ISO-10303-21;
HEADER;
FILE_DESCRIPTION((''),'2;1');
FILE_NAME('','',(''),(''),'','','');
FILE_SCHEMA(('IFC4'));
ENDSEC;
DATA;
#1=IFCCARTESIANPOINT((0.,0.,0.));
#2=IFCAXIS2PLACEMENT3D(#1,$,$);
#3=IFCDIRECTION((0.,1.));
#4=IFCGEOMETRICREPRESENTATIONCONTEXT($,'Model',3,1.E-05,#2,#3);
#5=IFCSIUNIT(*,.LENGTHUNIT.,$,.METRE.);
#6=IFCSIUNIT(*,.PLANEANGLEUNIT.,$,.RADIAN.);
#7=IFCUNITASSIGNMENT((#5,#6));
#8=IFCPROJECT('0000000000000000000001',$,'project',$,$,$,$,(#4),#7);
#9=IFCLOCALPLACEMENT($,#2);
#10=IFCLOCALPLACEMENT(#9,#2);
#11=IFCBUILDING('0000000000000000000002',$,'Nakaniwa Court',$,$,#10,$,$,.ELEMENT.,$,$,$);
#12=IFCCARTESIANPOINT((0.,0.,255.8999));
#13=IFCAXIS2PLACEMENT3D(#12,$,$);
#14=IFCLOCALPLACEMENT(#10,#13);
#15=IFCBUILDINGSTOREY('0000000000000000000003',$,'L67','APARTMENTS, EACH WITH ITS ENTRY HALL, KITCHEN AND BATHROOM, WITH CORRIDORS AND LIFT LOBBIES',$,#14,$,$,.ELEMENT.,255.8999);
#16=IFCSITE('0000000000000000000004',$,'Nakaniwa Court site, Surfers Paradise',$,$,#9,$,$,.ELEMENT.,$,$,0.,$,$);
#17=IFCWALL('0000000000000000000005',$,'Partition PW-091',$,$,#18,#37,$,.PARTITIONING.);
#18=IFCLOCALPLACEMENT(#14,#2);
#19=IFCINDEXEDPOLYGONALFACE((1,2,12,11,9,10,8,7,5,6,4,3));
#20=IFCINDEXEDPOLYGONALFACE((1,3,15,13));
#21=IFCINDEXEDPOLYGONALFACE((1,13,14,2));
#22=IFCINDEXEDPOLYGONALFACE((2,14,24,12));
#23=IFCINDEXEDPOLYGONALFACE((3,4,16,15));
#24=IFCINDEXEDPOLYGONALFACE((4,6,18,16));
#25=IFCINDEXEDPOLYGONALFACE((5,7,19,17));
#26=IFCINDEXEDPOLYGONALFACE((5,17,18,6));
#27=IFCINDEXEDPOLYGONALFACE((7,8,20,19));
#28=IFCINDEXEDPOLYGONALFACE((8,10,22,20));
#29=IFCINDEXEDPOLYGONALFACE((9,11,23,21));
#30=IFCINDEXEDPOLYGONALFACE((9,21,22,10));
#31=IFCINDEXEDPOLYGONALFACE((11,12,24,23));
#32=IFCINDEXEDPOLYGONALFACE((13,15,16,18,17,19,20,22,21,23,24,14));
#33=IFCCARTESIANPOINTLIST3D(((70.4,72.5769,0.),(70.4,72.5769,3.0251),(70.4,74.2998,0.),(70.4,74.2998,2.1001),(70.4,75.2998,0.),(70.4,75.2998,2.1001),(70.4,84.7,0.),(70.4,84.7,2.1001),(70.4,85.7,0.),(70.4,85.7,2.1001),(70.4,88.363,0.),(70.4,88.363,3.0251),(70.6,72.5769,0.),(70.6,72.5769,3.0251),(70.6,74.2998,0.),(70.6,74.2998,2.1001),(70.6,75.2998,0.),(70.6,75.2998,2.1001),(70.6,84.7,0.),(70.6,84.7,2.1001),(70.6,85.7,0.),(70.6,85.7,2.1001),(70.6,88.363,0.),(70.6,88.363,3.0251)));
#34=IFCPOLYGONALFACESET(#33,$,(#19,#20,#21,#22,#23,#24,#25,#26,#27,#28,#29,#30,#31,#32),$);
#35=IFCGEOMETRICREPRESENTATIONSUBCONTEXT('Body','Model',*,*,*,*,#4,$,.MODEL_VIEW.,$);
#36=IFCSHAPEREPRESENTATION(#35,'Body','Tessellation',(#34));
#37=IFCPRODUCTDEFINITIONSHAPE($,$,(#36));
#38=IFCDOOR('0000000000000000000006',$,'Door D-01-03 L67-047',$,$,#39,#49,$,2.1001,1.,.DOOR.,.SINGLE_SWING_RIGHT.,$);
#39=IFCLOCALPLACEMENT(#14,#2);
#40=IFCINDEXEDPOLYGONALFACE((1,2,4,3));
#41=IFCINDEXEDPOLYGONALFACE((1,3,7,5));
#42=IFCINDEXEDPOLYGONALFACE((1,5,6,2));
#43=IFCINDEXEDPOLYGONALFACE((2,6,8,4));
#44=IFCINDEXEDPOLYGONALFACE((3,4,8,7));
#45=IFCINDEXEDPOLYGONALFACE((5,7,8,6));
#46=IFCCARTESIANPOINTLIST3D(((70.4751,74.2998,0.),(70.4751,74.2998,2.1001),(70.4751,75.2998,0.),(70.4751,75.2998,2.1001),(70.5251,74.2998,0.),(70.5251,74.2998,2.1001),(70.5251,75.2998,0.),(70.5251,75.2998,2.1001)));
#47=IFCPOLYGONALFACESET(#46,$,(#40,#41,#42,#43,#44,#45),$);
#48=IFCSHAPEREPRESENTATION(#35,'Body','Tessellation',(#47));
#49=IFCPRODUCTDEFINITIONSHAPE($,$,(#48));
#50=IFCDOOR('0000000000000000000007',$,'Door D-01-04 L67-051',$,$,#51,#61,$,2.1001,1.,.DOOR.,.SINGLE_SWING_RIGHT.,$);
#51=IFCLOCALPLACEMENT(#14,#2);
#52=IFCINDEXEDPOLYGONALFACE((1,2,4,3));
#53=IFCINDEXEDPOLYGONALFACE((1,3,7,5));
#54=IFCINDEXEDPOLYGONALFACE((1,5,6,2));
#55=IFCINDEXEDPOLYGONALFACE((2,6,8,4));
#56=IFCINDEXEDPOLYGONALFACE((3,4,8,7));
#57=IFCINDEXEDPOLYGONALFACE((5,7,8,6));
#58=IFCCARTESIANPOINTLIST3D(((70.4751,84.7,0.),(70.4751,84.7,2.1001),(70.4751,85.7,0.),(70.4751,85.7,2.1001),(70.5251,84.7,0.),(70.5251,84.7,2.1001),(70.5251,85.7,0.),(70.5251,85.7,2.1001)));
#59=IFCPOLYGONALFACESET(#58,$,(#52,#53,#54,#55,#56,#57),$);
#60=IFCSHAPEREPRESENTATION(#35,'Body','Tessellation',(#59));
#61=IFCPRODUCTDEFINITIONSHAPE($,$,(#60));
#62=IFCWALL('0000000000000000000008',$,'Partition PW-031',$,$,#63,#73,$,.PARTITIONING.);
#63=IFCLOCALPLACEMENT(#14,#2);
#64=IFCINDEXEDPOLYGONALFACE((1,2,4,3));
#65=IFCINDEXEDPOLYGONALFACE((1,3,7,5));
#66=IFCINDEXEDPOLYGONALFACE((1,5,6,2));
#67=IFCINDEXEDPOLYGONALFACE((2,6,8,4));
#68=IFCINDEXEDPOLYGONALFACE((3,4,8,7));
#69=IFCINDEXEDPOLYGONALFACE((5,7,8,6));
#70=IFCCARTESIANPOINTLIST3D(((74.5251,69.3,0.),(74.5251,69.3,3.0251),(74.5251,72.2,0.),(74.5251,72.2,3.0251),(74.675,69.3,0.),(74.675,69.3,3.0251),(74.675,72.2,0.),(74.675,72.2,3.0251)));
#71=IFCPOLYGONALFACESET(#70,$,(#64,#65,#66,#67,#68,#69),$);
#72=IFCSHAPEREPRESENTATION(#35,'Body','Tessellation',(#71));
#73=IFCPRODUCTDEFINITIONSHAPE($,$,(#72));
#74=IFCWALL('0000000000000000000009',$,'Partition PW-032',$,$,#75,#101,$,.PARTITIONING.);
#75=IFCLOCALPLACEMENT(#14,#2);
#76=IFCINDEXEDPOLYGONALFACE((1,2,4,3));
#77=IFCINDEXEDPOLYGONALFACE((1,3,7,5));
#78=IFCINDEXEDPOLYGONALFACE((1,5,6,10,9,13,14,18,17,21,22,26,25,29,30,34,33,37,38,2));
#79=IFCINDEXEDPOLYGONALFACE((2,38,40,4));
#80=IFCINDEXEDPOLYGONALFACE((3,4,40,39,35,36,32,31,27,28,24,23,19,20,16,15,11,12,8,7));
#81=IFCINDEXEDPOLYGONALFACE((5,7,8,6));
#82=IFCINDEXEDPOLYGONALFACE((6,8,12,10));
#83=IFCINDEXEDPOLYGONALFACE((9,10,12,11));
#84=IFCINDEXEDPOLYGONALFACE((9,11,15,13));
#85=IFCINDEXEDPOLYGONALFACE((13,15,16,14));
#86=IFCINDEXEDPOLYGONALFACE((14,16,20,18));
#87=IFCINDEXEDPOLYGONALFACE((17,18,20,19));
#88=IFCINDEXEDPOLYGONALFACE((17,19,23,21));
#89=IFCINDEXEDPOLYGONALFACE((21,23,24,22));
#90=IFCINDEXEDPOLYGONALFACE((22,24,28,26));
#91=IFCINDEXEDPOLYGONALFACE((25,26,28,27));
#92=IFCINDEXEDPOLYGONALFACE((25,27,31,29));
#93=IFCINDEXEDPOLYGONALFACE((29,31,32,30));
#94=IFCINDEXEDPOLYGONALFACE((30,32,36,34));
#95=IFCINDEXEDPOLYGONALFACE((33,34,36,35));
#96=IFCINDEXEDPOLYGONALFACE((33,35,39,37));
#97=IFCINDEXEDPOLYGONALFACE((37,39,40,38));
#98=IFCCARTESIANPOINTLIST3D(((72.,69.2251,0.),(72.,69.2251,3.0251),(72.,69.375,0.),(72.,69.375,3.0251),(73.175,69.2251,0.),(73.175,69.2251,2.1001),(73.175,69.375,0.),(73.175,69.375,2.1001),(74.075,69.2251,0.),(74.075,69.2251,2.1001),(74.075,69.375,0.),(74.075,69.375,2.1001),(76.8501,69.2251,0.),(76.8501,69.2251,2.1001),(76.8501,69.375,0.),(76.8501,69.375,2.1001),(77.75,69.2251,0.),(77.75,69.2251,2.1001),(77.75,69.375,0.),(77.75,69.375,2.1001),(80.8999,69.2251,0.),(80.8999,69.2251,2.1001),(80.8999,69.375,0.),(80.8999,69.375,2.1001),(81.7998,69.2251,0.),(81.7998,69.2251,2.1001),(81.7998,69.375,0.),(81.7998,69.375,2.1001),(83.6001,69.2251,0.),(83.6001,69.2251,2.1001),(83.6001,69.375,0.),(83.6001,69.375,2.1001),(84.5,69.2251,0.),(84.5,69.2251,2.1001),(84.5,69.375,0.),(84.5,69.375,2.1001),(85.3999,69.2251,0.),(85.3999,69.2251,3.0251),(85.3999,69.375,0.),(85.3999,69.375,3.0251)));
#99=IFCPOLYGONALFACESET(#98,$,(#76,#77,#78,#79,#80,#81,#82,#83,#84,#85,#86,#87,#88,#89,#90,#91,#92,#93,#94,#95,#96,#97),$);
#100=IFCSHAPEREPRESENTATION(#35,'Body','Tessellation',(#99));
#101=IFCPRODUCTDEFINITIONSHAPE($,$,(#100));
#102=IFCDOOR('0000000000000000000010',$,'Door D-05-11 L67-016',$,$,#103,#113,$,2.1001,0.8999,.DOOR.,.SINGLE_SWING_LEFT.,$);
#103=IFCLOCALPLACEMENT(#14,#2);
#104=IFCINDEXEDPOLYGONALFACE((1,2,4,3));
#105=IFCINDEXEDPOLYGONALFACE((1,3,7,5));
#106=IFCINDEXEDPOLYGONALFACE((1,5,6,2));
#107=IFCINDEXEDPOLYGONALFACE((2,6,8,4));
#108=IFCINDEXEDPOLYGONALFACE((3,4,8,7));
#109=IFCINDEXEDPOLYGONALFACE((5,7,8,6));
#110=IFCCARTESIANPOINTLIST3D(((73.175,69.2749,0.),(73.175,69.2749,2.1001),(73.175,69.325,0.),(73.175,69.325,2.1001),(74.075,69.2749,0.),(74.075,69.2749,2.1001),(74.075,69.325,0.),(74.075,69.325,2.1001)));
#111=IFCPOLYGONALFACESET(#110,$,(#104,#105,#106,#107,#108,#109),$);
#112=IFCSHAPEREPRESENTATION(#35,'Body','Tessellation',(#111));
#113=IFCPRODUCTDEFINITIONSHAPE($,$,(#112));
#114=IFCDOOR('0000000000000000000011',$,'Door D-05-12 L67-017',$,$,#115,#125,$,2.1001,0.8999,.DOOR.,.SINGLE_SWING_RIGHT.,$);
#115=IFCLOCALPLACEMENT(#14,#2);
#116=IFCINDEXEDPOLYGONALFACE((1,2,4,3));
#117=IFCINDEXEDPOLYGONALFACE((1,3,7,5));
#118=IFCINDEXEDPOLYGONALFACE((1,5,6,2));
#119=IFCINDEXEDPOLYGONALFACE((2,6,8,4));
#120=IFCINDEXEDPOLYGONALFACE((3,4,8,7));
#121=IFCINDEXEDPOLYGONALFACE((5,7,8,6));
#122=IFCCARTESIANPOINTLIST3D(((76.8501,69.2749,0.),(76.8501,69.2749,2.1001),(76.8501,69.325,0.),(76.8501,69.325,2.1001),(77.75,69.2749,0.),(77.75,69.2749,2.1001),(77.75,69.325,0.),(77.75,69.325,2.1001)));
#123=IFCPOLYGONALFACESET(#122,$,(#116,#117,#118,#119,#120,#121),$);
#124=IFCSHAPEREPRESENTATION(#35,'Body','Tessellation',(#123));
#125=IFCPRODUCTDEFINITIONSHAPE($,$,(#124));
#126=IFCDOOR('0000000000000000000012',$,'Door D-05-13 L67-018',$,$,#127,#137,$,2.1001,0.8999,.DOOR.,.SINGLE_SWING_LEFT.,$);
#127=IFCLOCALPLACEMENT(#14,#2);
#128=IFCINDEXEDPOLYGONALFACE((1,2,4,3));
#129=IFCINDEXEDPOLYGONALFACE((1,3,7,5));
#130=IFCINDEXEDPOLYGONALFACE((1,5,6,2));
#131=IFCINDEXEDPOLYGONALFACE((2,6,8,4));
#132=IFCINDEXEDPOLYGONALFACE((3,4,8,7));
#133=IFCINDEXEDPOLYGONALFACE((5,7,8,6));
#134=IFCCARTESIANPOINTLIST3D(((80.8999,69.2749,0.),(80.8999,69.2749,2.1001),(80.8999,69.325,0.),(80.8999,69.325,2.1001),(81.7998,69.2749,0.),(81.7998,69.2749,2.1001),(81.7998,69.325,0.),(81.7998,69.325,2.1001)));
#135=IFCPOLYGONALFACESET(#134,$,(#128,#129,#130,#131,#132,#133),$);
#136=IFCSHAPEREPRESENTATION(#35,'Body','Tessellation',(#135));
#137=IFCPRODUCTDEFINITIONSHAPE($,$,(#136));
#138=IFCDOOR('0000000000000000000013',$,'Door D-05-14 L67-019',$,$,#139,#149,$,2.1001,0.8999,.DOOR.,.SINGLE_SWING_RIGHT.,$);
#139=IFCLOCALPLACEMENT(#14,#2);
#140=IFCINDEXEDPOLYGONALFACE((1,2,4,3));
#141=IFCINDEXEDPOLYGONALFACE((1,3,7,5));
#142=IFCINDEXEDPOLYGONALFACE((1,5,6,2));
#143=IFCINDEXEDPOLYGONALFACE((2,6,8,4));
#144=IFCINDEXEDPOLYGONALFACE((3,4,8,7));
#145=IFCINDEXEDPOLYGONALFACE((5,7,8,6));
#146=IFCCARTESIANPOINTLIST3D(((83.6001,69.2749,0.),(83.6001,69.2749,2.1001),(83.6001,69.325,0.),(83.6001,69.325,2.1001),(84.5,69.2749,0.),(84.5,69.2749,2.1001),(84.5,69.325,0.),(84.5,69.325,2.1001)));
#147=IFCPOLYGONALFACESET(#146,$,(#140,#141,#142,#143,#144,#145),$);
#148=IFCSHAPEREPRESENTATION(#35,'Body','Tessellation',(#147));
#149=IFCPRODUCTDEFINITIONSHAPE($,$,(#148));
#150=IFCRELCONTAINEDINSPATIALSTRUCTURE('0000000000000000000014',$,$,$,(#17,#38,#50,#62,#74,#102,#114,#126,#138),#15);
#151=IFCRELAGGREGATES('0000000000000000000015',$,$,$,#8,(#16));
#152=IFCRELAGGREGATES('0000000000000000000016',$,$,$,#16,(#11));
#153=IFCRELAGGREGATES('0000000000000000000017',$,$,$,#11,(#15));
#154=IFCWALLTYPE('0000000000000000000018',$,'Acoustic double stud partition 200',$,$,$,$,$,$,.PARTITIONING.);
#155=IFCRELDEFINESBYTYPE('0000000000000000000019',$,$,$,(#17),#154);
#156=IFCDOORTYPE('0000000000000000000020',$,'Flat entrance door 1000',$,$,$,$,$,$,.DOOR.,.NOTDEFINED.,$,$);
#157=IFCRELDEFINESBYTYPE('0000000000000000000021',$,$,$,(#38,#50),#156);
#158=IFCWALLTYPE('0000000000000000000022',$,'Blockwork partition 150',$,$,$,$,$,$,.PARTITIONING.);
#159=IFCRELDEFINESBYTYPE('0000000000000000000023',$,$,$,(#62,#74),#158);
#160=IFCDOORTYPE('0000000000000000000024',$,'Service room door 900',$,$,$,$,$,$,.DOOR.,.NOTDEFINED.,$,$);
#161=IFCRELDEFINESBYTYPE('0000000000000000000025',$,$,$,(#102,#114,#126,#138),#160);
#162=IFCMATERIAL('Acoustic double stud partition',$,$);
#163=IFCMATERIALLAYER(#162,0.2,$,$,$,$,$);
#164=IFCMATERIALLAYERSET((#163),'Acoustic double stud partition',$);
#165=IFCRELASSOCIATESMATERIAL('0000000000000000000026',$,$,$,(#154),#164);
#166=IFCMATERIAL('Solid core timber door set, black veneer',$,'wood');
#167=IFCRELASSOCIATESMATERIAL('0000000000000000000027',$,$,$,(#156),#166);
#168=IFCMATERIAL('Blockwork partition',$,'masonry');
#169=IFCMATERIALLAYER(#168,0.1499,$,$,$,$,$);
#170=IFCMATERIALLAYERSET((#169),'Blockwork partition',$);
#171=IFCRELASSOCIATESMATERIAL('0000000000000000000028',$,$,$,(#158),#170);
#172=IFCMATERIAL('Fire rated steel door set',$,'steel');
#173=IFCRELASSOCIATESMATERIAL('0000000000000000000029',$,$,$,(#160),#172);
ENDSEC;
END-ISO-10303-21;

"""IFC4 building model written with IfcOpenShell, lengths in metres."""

from ifc_helpers import new_model, si_unit, direction, frame, frame_2d, origin, place, context, subcontext, project, spatial, rectangle, extrude, material, layer, layer_set, type_object, element, fill, save


model = new_model("IFC4")

# Units and contexts
model_context = context("Model", 3, precision=1e-05, world=origin(), true_north=direction((0.0, 1.0)))
body_context = subcontext(model_context, "Body", "Model", "MODEL_VIEW")
ifc_project = project(units=[si_unit("LENGTHUNIT", "METRE"), si_unit("PLANEANGLEUNIT", "RADIAN")], contexts=[model_context])

# Site, building, storey
site_placement = place(None, origin())
site = spatial("IfcSite", under=ifc_project, at=site_placement, Name="Nakaniwa Court site, Surfers Paradise", CompositionType="ELEMENT", RefElevation=0.0)
building_placement = place(site_placement, origin())
building = spatial("IfcBuilding", under=site, at=building_placement, Name="Nakaniwa Court", CompositionType="ELEMENT")
storey_placement = place(building_placement, frame((0.0, 0.0, 255.8999)))
storey = spatial("IfcBuildingStorey", under=building, at=storey_placement, Name="L67", Description="APARTMENTS, EACH WITH ITS ENTRY HALL, KITCHEN AND BATHROOM, WITH CORRIDORS AND LIFT LOBBIES", CompositionType="ELEMENT", Elevation=255.8999)

# Shared definitions
ifc_material_1 = material(Name="Acoustic double stud partition")
ifc_layer_1 = layer(ifc_material_1, 0.2)
ifc_layer_set_1 = layer_set([ifc_layer_1], Name="Acoustic double stud partition")
wall_type_1 = type_object("IfcWallType", Name="Acoustic double stud partition 200", PredefinedType="PARTITIONING", material=ifc_layer_set_1)

# Shared definitions
ifc_material_2 = material(Name="Solid core timber door set, black veneer", Category="wood")

# Wall, openings, doors
wall_1_placement = place(storey_placement, frame((70.5, 72.5769, 0.0), z_axis=(0.0, 0.0, 1.0), x_axis=(0.0, 1.0, 0.0)))
wall_1 = element("IfcWall", 1, at=wall_1_placement, inside=storey, type_object=wall_type_1, Name="Partition PW-091", PredefinedType="PARTITIONING", context=body_context, shape_type="SweptSolid", body=[
    extrude(rectangle(XDim=15.7861, YDim=0.2, at=frame_2d((7.8931, 0.0))), origin(), (0.0, 0.0, 1.0), 3.0251),
])
opening_1_placement = place(wall_1_placement, frame((1.7229, 0.0, 0.0)))
opening_1 = element("IfcOpeningElement", 2, at=opening_1_placement, cuts=wall_1, PredefinedType="OPENING", context=body_context, shape_type="SweptSolid", body=[
    extrude(rectangle(XDim=1.0, YDim=2.1001, at=frame_2d((0.5, 1.05))), frame((0.0, 0.1099, 0.0), z_axis=(0.0, -1.0, 0.0), x_axis=(1.0, 0.0, 0.0)), (0.0, 0.0, 1.0), 0.22),
])
opening_2_placement = place(wall_1_placement, frame((12.123, 0.0, 0.0)))
opening_2 = element("IfcOpeningElement", 3, at=opening_2_placement, cuts=wall_1, PredefinedType="OPENING", context=body_context, shape_type="SweptSolid", body=[
    extrude(rectangle(XDim=1.0, YDim=2.1001, at=frame_2d((0.5, 1.05))), frame((0.0, 0.1099, 0.0), z_axis=(0.0, -1.0, 0.0), x_axis=(1.0, 0.0, 0.0)), (0.0, 0.0, 1.0), 0.22),
])
door_type_1 = type_object("IfcDoorType", Name="Flat entrance door 1000", OperationType="NOTDEFINED", PredefinedType="DOOR", material=ifc_material_2)
door_1_placement = place(opening_1_placement, origin())
door_1 = element("IfcDoor", 4, at=door_1_placement, inside=storey, type_object=door_type_1, Name="Door D-01-03 L67-047", OperationType="SINGLE_SWING_RIGHT", OverallHeight=2.1001, OverallWidth=1.0, PredefinedType="DOOR", context=body_context, shape_type="SweptSolid", body=[
    extrude(rectangle(XDim=1.0, YDim=2.1001, at=frame_2d((0.5, 1.05))), frame((0.0, 0.0249, 0.0), z_axis=(0.0, -1.0, 0.0), x_axis=(1.0, 0.0, 0.0)), (0.0, 0.0, 1.0), 0.05),
])
fill(opening_1, door_1)
door_2_placement = place(opening_2_placement, origin())
door_2 = element("IfcDoor", 5, at=door_2_placement, inside=storey, type_object=door_type_1, Name="Door D-01-04 L67-051", OperationType="SINGLE_SWING_RIGHT", OverallHeight=2.1001, OverallWidth=1.0, PredefinedType="DOOR", context=body_context, shape_type="SweptSolid", body=[
    extrude(rectangle(XDim=1.0, YDim=2.1001, at=frame_2d((0.5, 1.05))), frame((0.0, 0.0249, 0.0), z_axis=(0.0, -1.0, 0.0), x_axis=(1.0, 0.0, 0.0)), (0.0, 0.0, 1.0), 0.05),
])
fill(opening_2, door_2)

# Wall
ifc_material_3 = material(Name="Blockwork partition", Category="masonry")
ifc_layer_2 = layer(ifc_material_3, 0.1499)
ifc_layer_set_2 = layer_set([ifc_layer_2], Name="Blockwork partition")
wall_type_2 = type_object("IfcWallType", Name="Blockwork partition 150", PredefinedType="PARTITIONING", material=ifc_layer_set_2)
wall_2_placement = place(storey_placement, frame((74.6001, 69.3, 0.0), z_axis=(0.0, 0.0, 1.0), x_axis=(0.0, 1.0, 0.0)))
element("IfcWall", 6, at=wall_2_placement, inside=storey, type_object=wall_type_2, Name="Partition PW-031", PredefinedType="PARTITIONING", context=body_context, shape_type="SweptSolid", body=[
    extrude(rectangle(XDim=2.8999, YDim=0.1499, at=frame_2d((1.45, 0.0))), origin(), (0.0, 0.0, 1.0), 3.0251),
])

# Wall, openings, doors
wall_3_placement = place(storey_placement, frame((72.0, 69.3, 0.0), z_axis=(0.0, 0.0, 1.0), x_axis=(1.0, 0.0, 0.0)))
wall_3 = element("IfcWall", 7, at=wall_3_placement, inside=storey, type_object=wall_type_2, Name="Partition PW-032", PredefinedType="PARTITIONING", context=body_context, shape_type="SweptSolid", body=[
    extrude(rectangle(XDim=13.3999, YDim=0.1499, at=frame_2d((6.7, 0.0))), origin(), (0.0, 0.0, 1.0), 3.0251),
])
opening_3_placement = place(wall_3_placement, frame((1.175, 0.0, 0.0)))
opening_3 = element("IfcOpeningElement", 8, at=opening_3_placement, cuts=wall_3, PredefinedType="OPENING", context=body_context, shape_type="SweptSolid", body=[
    extrude(rectangle(XDim=0.8999, YDim=2.1001, at=frame_2d((0.45, 1.05))), frame((0.0, 0.085, 0.0), z_axis=(0.0, -1.0, 0.0), x_axis=(1.0, 0.0, 0.0)), (0.0, 0.0, 1.0), 0.1699),
])
opening_4_placement = place(wall_3_placement, frame((4.8501, 0.0, 0.0)))
opening_4 = element("IfcOpeningElement", 9, at=opening_4_placement, cuts=wall_3, PredefinedType="OPENING", context=body_context, shape_type="SweptSolid", body=[
    extrude(rectangle(XDim=0.8999, YDim=2.1001, at=frame_2d((0.45, 1.05))), frame((0.0, 0.085, 0.0), z_axis=(0.0, -1.0, 0.0), x_axis=(1.0, 0.0, 0.0)), (0.0, 0.0, 1.0), 0.1699),
])
opening_5_placement = place(wall_3_placement, frame((8.8999, 0.0, 0.0)))
opening_5 = element("IfcOpeningElement", 10, at=opening_5_placement, cuts=wall_3, PredefinedType="OPENING", context=body_context, shape_type="SweptSolid", body=[
    extrude(rectangle(XDim=0.8999, YDim=2.1001, at=frame_2d((0.45, 1.05))), frame((0.0, 0.085, 0.0), z_axis=(0.0, -1.0, 0.0), x_axis=(1.0, 0.0, 0.0)), (0.0, 0.0, 1.0), 0.1699),
])
opening_6_placement = place(wall_3_placement, frame((11.6001, 0.0, 0.0)))
opening_6 = element("IfcOpeningElement", 11, at=opening_6_placement, cuts=wall_3, PredefinedType="OPENING", context=body_context, shape_type="SweptSolid", body=[
    extrude(rectangle(XDim=0.8999, YDim=2.1001, at=frame_2d((0.45, 1.05))), frame((0.0, 0.085, 0.0), z_axis=(0.0, -1.0, 0.0), x_axis=(1.0, 0.0, 0.0)), (0.0, 0.0, 1.0), 0.1699),
])
ifc_material_4 = material(Name="Fire rated steel door set", Category="steel")
door_type_2 = type_object("IfcDoorType", Name="Service room door 900", OperationType="NOTDEFINED", PredefinedType="DOOR", material=ifc_material_4)
door_3_placement = place(opening_3_placement, origin())
door_3 = element("IfcDoor", 12, at=door_3_placement, inside=storey, type_object=door_type_2, Name="Door D-05-11 L67-016", OperationType="SINGLE_SWING_LEFT", OverallHeight=2.1001, OverallWidth=0.8999, PredefinedType="DOOR", context=body_context, shape_type="SweptSolid", body=[
    extrude(rectangle(XDim=0.8999, YDim=2.1001, at=frame_2d((0.45, 1.05))), frame((0.0, 0.0249, 0.0), z_axis=(0.0, -1.0, 0.0), x_axis=(1.0, 0.0, 0.0)), (0.0, 0.0, 1.0), 0.05),
])
fill(opening_3, door_3)
door_4_placement = place(opening_4_placement, origin())
door_4 = element("IfcDoor", 13, at=door_4_placement, inside=storey, type_object=door_type_2, Name="Door D-05-12 L67-017", OperationType="SINGLE_SWING_RIGHT", OverallHeight=2.1001, OverallWidth=0.8999, PredefinedType="DOOR", context=body_context, shape_type="SweptSolid", body=[
    extrude(rectangle(XDim=0.8999, YDim=2.1001, at=frame_2d((0.45, 1.05))), frame((0.0, 0.0249, 0.0), z_axis=(0.0, -1.0, 0.0), x_axis=(1.0, 0.0, 0.0)), (0.0, 0.0, 1.0), 0.05),
])
fill(opening_4, door_4)
door_5_placement = place(opening_5_placement, origin())
door_5 = element("IfcDoor", 14, at=door_5_placement, inside=storey, type_object=door_type_2, Name="Door D-05-13 L67-018", OperationType="SINGLE_SWING_LEFT", OverallHeight=2.1001, OverallWidth=0.8999, PredefinedType="DOOR", context=body_context, shape_type="SweptSolid", body=[
    extrude(rectangle(XDim=0.8999, YDim=2.1001, at=frame_2d((0.45, 1.05))), frame((0.0, 0.0249, 0.0), z_axis=(0.0, -1.0, 0.0), x_axis=(1.0, 0.0, 0.0)), (0.0, 0.0, 1.0), 0.05),
])
fill(opening_5, door_5)
door_6_placement = place(opening_6_placement, origin())
door_6 = element("IfcDoor", 15, at=door_6_placement, inside=storey, type_object=door_type_2, Name="Door D-05-14 L67-019", OperationType="SINGLE_SWING_RIGHT", OverallHeight=2.1001, OverallWidth=0.8999, PredefinedType="DOOR", context=body_context, shape_type="SweptSolid", body=[
    extrude(rectangle(XDim=0.8999, YDim=2.1001, at=frame_2d((0.45, 1.05))), frame((0.0, 0.0249, 0.0), z_axis=(0.0, -1.0, 0.0), x_axis=(1.0, 0.0, 0.0)), (0.0, 0.0, 1.0), 0.05),
])
fill(opening_6, door_6)

save(model, "model.ifc")
